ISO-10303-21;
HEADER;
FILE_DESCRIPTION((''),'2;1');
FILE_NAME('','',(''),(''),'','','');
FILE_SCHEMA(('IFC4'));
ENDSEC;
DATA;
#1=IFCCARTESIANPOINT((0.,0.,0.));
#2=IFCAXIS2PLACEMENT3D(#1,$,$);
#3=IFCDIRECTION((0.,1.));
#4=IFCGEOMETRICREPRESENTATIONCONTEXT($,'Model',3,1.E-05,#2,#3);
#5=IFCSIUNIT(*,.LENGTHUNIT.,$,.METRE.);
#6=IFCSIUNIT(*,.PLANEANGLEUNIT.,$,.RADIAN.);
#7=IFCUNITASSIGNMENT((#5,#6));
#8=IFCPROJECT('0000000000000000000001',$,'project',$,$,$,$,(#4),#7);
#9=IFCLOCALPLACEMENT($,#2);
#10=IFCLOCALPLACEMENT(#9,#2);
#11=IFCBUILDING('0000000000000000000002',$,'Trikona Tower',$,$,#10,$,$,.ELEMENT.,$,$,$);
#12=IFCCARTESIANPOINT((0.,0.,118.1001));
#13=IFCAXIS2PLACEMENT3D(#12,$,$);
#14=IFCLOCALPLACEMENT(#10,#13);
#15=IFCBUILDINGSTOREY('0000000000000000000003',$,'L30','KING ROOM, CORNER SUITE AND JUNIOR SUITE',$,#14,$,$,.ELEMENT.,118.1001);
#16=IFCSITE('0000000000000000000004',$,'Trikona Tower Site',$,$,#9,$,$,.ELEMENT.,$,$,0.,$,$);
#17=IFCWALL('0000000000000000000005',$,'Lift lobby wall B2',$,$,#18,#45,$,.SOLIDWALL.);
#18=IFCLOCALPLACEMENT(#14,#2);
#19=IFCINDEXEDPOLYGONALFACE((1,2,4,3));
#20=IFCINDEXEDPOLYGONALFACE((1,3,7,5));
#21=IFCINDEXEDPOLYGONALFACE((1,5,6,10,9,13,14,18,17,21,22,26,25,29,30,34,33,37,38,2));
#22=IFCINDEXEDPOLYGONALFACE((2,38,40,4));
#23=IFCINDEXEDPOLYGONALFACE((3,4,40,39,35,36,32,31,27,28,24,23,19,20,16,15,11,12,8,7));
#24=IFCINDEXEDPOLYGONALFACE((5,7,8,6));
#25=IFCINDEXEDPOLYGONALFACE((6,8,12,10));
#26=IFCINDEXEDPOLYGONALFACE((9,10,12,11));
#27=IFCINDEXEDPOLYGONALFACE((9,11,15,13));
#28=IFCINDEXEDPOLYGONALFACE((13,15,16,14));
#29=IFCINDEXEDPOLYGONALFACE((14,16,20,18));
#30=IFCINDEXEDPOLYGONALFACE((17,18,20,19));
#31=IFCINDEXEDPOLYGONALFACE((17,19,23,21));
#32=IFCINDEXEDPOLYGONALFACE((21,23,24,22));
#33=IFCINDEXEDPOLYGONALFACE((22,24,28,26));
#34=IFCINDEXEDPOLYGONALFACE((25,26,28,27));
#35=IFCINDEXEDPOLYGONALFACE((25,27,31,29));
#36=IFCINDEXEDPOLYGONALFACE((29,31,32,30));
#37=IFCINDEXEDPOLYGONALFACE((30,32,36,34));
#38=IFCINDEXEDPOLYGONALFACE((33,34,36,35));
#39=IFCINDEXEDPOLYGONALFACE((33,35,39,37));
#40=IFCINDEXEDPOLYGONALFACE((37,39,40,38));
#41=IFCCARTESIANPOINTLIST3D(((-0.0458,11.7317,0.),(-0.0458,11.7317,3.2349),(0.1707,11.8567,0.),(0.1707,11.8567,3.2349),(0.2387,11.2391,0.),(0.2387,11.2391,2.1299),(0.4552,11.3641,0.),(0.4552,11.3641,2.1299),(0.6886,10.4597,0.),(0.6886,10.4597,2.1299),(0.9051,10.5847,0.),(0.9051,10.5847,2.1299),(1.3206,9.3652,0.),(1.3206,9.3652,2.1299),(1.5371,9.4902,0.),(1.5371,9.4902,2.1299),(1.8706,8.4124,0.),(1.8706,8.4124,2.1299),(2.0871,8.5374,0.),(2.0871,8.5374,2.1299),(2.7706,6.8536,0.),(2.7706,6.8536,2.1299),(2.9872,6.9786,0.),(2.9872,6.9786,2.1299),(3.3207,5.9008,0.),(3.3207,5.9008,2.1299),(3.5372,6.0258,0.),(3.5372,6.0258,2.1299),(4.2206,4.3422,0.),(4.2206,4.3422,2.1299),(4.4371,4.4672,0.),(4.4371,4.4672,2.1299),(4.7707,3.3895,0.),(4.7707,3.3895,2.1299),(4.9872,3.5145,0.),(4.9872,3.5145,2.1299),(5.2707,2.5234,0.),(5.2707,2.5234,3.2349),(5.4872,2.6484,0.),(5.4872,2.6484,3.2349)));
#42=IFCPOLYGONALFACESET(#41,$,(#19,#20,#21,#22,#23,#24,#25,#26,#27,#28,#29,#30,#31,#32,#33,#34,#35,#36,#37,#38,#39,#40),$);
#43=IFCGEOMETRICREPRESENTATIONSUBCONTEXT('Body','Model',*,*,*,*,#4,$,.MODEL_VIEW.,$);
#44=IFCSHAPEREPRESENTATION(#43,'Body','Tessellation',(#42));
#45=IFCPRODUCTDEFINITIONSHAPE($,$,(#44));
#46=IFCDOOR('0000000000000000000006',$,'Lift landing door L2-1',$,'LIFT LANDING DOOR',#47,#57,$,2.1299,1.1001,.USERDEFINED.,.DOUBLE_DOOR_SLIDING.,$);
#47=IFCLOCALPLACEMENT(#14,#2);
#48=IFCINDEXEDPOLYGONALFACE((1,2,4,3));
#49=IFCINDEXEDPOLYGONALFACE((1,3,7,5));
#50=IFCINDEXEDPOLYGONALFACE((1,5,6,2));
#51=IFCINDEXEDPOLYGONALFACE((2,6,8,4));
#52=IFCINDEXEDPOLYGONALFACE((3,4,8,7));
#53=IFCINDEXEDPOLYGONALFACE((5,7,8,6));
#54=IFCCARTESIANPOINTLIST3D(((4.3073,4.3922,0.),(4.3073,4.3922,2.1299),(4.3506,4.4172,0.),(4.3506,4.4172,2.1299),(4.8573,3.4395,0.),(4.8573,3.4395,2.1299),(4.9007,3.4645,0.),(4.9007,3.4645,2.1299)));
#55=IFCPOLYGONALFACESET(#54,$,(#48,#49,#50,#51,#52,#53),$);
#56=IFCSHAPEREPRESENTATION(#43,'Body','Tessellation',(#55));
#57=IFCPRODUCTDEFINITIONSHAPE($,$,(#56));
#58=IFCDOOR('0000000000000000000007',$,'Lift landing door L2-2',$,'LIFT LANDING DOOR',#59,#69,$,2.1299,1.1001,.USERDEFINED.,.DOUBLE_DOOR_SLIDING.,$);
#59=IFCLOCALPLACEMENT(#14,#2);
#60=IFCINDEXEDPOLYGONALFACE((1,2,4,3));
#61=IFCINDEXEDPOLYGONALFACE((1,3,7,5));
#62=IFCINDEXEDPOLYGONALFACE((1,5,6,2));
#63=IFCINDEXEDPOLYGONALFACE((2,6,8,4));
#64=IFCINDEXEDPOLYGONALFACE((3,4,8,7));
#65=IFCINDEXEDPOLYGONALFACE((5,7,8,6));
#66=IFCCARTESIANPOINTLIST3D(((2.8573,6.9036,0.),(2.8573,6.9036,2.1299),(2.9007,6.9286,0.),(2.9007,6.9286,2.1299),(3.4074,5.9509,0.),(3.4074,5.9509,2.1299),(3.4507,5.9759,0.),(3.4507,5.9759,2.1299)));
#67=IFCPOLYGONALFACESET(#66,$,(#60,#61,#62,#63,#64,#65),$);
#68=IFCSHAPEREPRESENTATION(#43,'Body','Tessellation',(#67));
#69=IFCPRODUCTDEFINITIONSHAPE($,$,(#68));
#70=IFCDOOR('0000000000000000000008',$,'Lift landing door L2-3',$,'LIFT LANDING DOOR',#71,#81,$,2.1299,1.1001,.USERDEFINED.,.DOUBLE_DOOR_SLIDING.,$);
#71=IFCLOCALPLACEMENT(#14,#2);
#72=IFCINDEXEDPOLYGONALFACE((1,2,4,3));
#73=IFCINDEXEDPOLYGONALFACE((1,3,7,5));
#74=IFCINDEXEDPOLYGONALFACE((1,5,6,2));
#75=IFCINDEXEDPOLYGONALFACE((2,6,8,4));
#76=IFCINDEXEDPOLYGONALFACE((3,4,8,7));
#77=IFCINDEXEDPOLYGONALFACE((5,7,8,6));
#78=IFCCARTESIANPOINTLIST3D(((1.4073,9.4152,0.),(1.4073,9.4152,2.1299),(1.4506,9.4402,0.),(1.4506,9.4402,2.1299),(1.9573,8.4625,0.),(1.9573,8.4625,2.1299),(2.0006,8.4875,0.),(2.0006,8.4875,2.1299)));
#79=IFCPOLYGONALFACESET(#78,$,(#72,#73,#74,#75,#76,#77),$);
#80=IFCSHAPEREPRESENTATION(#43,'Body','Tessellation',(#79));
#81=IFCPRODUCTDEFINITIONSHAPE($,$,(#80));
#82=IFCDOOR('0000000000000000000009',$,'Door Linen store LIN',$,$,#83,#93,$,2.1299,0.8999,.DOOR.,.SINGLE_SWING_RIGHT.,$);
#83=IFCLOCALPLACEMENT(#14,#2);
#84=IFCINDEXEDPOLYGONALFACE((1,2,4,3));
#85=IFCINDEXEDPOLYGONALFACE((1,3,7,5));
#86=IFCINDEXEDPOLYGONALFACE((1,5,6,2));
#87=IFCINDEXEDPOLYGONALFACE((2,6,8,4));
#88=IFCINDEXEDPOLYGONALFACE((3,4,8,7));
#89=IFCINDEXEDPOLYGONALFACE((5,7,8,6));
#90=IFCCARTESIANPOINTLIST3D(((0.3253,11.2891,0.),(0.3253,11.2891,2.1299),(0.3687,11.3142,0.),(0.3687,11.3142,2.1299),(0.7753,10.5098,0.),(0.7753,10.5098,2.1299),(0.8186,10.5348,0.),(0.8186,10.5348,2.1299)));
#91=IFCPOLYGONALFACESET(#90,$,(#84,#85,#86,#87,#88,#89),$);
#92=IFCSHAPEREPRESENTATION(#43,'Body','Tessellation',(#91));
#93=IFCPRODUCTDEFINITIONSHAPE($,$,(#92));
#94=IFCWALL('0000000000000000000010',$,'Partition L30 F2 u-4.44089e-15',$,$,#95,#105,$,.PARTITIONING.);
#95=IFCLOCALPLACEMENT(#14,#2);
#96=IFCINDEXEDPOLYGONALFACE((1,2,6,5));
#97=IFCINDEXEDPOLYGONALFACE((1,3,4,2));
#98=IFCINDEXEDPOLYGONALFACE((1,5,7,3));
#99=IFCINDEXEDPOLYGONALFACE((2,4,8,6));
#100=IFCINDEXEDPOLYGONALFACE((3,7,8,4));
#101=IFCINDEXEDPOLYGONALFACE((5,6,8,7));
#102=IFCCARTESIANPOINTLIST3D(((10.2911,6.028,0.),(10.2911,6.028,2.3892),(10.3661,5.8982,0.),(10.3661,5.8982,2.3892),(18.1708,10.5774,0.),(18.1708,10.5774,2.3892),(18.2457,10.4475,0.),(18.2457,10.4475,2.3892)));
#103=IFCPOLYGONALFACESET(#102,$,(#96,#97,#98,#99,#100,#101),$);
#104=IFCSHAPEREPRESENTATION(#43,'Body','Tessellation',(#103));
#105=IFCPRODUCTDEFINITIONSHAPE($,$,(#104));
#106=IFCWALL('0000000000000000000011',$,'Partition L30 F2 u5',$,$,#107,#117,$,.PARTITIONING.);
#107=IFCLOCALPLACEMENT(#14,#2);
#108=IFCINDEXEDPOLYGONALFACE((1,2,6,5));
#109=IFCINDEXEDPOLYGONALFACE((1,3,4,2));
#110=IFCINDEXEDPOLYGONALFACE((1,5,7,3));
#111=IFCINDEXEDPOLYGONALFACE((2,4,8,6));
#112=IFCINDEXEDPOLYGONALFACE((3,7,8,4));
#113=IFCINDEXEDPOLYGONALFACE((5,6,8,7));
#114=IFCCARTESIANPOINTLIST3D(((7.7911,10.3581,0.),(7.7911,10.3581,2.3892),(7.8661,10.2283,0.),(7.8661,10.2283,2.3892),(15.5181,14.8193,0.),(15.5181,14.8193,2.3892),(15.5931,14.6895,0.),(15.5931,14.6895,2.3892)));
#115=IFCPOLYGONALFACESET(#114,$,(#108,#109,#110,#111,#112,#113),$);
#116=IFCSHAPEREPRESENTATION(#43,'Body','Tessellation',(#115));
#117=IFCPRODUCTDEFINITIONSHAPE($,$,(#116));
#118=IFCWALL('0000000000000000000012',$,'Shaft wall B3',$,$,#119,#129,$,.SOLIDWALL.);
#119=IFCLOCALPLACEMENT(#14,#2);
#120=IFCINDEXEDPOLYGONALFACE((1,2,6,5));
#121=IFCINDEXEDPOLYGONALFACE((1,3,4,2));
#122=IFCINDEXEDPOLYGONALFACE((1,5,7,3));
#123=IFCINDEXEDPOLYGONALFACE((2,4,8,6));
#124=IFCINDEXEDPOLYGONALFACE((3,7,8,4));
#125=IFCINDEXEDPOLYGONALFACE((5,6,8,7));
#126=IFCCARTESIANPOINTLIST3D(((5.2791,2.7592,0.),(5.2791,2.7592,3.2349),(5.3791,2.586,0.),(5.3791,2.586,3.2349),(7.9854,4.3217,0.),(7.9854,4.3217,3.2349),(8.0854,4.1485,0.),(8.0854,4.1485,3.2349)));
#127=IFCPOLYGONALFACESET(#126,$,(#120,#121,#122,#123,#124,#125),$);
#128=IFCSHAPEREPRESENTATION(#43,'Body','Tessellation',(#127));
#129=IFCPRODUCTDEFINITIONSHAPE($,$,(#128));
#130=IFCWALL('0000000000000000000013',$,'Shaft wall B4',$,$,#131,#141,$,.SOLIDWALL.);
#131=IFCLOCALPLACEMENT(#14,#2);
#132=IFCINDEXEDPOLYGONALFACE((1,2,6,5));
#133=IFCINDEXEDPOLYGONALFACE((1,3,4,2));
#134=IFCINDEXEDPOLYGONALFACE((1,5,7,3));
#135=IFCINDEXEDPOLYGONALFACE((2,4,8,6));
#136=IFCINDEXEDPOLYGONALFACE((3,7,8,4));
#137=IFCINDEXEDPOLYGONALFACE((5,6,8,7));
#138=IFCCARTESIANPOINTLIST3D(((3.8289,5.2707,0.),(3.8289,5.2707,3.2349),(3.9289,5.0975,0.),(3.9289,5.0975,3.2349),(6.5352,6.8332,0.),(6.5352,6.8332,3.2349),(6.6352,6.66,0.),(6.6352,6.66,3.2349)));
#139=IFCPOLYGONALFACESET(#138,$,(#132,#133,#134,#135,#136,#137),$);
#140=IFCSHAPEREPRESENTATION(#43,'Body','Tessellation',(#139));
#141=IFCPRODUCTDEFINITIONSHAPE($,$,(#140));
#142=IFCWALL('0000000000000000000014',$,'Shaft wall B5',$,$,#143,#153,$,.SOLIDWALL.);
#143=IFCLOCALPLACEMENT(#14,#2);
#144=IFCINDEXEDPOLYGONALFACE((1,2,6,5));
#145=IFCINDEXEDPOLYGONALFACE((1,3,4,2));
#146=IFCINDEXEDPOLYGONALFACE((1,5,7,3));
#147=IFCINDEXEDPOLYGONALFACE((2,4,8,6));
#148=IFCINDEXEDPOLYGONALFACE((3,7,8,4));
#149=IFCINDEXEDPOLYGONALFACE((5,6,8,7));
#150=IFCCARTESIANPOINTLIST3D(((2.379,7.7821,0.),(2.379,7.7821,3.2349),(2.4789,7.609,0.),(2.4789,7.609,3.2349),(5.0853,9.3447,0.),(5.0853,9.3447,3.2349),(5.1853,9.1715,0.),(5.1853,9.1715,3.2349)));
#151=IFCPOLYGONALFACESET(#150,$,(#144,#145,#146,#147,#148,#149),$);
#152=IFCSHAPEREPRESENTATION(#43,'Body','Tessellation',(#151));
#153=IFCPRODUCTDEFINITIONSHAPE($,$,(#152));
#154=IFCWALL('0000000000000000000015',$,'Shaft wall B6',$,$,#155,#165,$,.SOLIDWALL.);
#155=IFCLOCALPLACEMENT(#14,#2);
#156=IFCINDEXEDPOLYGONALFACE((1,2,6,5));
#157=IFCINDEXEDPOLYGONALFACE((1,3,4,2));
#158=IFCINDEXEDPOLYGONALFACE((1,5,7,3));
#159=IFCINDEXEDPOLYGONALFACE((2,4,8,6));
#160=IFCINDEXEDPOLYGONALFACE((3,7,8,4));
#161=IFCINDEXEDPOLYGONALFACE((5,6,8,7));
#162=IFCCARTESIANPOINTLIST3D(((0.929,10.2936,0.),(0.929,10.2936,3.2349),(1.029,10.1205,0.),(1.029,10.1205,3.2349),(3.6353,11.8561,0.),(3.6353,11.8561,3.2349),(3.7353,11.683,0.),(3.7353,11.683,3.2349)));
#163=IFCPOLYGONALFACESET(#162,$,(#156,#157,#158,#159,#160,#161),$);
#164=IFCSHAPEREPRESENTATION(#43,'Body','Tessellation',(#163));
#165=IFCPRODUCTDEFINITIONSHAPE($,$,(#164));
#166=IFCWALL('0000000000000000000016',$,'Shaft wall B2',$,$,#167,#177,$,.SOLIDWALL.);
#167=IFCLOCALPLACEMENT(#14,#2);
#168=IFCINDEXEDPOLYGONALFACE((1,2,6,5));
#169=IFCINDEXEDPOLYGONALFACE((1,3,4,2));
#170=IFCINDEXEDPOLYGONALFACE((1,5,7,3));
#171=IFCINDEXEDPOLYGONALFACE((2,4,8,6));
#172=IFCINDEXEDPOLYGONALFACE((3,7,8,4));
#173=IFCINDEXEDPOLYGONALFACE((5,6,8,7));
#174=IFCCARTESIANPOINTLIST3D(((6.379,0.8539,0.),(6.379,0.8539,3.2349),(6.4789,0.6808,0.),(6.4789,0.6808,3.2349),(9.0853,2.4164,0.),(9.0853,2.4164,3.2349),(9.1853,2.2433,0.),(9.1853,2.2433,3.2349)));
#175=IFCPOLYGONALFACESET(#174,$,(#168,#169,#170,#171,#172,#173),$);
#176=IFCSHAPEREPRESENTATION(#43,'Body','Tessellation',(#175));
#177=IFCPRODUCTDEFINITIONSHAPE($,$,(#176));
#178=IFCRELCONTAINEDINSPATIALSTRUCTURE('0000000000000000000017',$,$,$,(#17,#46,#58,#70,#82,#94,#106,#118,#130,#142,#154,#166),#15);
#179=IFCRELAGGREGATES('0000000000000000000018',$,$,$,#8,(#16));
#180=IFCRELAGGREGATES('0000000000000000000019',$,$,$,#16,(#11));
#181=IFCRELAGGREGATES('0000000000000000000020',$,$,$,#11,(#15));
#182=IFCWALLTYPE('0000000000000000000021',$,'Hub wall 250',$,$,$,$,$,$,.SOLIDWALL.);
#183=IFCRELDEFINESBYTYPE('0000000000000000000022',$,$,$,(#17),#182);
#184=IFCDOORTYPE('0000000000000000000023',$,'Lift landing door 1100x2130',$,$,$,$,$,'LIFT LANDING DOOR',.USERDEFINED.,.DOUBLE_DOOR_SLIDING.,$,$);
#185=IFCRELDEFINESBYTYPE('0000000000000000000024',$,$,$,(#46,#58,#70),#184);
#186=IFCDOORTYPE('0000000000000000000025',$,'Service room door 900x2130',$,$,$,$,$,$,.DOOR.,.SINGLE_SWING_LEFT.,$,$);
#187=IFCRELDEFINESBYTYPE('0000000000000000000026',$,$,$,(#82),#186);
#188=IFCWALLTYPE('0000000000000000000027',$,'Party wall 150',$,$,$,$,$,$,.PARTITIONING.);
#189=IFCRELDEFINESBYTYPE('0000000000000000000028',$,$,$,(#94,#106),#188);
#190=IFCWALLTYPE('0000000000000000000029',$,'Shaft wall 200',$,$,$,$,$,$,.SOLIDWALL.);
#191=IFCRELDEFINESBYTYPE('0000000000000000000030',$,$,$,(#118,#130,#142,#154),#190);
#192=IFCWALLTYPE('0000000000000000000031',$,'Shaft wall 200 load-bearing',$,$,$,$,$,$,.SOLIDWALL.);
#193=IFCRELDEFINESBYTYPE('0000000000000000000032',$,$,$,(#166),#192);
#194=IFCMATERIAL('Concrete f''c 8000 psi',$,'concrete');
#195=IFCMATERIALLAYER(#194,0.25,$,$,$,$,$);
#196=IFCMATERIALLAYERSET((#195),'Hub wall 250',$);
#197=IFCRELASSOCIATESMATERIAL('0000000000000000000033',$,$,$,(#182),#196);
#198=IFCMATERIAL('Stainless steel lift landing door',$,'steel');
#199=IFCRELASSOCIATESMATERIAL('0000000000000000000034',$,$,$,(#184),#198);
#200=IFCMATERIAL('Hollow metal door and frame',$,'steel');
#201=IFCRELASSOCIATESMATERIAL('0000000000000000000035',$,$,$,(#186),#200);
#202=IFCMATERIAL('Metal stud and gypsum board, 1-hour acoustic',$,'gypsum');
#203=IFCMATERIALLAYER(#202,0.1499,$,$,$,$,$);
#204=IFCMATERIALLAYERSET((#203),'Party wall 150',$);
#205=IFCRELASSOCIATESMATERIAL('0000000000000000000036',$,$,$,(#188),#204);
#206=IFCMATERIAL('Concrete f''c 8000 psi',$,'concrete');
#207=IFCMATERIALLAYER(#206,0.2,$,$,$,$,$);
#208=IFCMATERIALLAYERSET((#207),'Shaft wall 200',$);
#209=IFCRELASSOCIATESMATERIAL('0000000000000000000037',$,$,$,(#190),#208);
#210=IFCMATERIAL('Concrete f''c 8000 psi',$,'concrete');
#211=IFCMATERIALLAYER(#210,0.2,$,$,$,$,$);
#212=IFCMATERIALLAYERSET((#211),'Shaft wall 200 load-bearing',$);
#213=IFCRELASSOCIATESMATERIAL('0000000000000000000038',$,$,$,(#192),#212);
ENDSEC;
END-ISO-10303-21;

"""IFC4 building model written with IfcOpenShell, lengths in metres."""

from ifc_helpers import new_model, si_unit, direction, frame, frame_2d, origin, place, context, subcontext, project, spatial, rectangle, extrude, material, layer, layer_set, type_object, element, fill, save


model = new_model("IFC4")

# Units and contexts
model_context = context("Model", 3, precision=1e-05, world=origin(), true_north=direction((0.0, 1.0)))
body_context = subcontext(model_context, "Body", "Model", "MODEL_VIEW")
ifc_project = project(units=[si_unit("LENGTHUNIT", "METRE"), si_unit("PLANEANGLEUNIT", "RADIAN")], contexts=[model_context])

# Site, building, storey
site_placement = place(None, origin())
site = spatial("IfcSite", under=ifc_project, at=site_placement, Name="Trikona Tower Site", CompositionType="ELEMENT", RefElevation=0.0)
building_placement = place(site_placement, origin())
building = spatial("IfcBuilding", under=site, at=building_placement, Name="Trikona Tower", CompositionType="ELEMENT")
storey_placement = place(building_placement, frame((0.0, 0.0, 118.1001)))
storey = spatial("IfcBuildingStorey", under=building, at=storey_placement, Name="L30", Description="KING ROOM, CORNER SUITE AND JUNIOR SUITE", CompositionType="ELEMENT", Elevation=118.1001)

# Wall, openings, doors
ifc_material_1 = material(Name="Concrete f'c 8000 psi", Category="concrete")
ifc_layer_1 = layer(ifc_material_1, 0.25)
ifc_layer_set_1 = layer_set([ifc_layer_1], Name="Hub wall 250")
wall_type_1 = type_object("IfcWallType", Name="Hub wall 250", PredefinedType="SOLIDWALL", material=ifc_layer_set_1)
wall_1_placement = place(storey_placement, frame((5.3789, 2.5859, 0.0), z_axis=(0.0, 0.0, 1.0), x_axis=(-0.500001, 0.866025, 0.0)))
wall_1 = element("IfcWall", 1, at=wall_1_placement, inside=storey, type_object=wall_type_1, Name="Lift lobby wall B2", PredefinedType="SOLIDWALL", context=body_context, shape_type="SweptSolid", body=[
    extrude(rectangle(XDim=10.6328, YDim=0.25, at=frame_2d((5.3164, 0.0))), origin(), (0.0, 0.0, 1.0), 3.2349),
])
opening_1_placement = place(wall_1_placement, frame((9.1641, 0.0, 0.0)))
opening_1 = element("IfcOpeningElement", 2, at=opening_1_placement, cuts=wall_1, PredefinedType="OPENING", context=body_context, shape_type="SweptSolid", body=[
    extrude(rectangle(XDim=0.8999, YDim=2.1299, at=frame_2d((0.45, 1.0649))), frame((0.0, 0.135, 0.0), z_axis=(0.0, -1.0, 0.0), x_axis=(1.0, 0.0, 0.0)), (0.0, 0.0, 1.0), 0.27),
])
opening_2_placement = place(wall_1_placement, frame((1.0, 0.0, 0.0)))
opening_2 = element("IfcOpeningElement", 3, at=opening_2_placement, cuts=wall_1, PredefinedType="OPENING", context=body_context, shape_type="SweptSolid", body=[
    extrude(rectangle(XDim=1.1001, YDim=2.1299, at=frame_2d((0.55, 1.0649))), frame((0.0, 0.135, 0.0), z_axis=(0.0, -1.0, 0.0), x_axis=(1.0, 0.0, 0.0)), (0.0, 0.0, 1.0), 0.27),
])
opening_3_placement = place(wall_1_placement, frame((3.8999, 0.0, 0.0)))
opening_3 = element("IfcOpeningElement", 4, at=opening_3_placement, cuts=wall_1, PredefinedType="OPENING", context=body_context, shape_type="SweptSolid", body=[
    extrude(rectangle(XDim=1.1001, YDim=2.1299, at=frame_2d((0.55, 1.0649))), frame((0.0, 0.135, 0.0), z_axis=(0.0, -1.0, 0.0), x_axis=(1.0, 0.0, 0.0)), (0.0, 0.0, 1.0), 0.27),
])
opening_4_placement = place(wall_1_placement, frame((6.8, 0.0, 0.0)))
opening_4 = element("IfcOpeningElement", 5, at=opening_4_placement, cuts=wall_1, PredefinedType="OPENING", context=body_context, shape_type="SweptSolid", body=[
    extrude(rectangle(XDim=1.1001, YDim=2.1299, at=frame_2d((0.55, 1.0649))), frame((0.0, 0.135, 0.0), z_axis=(0.0, -1.0, 0.0), x_axis=(1.0, 0.0, 0.0)), (0.0, 0.0, 1.0), 0.27),
])
ifc_material_2 = material(Name="Stainless steel lift landing door", Category="steel")
door_type_1 = type_object("IfcDoorType", Name="Lift landing door 1100x2130", ElementType="LIFT LANDING DOOR", OperationType="DOUBLE_DOOR_SLIDING", PredefinedType="USERDEFINED", material=ifc_material_2)
door_1_placement = place(opening_2_placement, origin())
door_1 = element("IfcDoor", 6, at=door_1_placement, inside=storey, type_object=door_type_1, Name="Lift landing door L2-1", ObjectType="LIFT LANDING DOOR", OperationType="DOUBLE_DOOR_SLIDING", OverallHeight=2.1299, OverallWidth=1.1001, PredefinedType="USERDEFINED", context=body_context, shape_type="SweptSolid", body=[
    extrude(rectangle(XDim=1.1001, YDim=2.1299, at=frame_2d((0.55, 1.0649))), frame((0.0, 0.0249, 0.0), z_axis=(0.0, -1.0, 0.0), x_axis=(1.0, 0.0, 0.0)), (0.0, 0.0, 1.0), 0.05),
])
fill(opening_2, door_1)
door_2_placement = place(opening_3_placement, origin())
door_2 = element("IfcDoor", 7, at=door_2_placement, inside=storey, type_object=door_type_1, Name="Lift landing door L2-2", ObjectType="LIFT LANDING DOOR", OperationType="DOUBLE_DOOR_SLIDING", OverallHeight=2.1299, OverallWidth=1.1001, PredefinedType="USERDEFINED", context=body_context, shape_type="SweptSolid", body=[
    extrude(rectangle(XDim=1.1001, YDim=2.1299, at=frame_2d((0.55, 1.0649))), frame((0.0, 0.0249, 0.0), z_axis=(0.0, -1.0, 0.0), x_axis=(1.0, 0.0, 0.0)), (0.0, 0.0, 1.0), 0.05),
])
fill(opening_3, door_2)
door_3_placement = place(opening_4_placement, origin())
door_3 = element("IfcDoor", 8, at=door_3_placement, inside=storey, type_object=door_type_1, Name="Lift landing door L2-3", ObjectType="LIFT LANDING DOOR", OperationType="DOUBLE_DOOR_SLIDING", OverallHeight=2.1299, OverallWidth=1.1001, PredefinedType="USERDEFINED", context=body_context, shape_type="SweptSolid", body=[
    extrude(rectangle(XDim=1.1001, YDim=2.1299, at=frame_2d((0.55, 1.0649))), frame((0.0, 0.0249, 0.0), z_axis=(0.0, -1.0, 0.0), x_axis=(1.0, 0.0, 0.0)), (0.0, 0.0, 1.0), 0.05),
])
fill(opening_4, door_3)
ifc_material_3 = material(Name="Hollow metal door and frame", Category="steel")
door_type_2 = type_object("IfcDoorType", Name="Service room door 900x2130", OperationType="SINGLE_SWING_LEFT", PredefinedType="DOOR", material=ifc_material_3)
door_4_placement = place(opening_1_placement, origin())
door_4 = element("IfcDoor", 9, at=door_4_placement, inside=storey, type_object=door_type_2, Name="Door Linen store LIN", OperationType="SINGLE_SWING_RIGHT", OverallHeight=2.1299, OverallWidth=0.8999, PredefinedType="DOOR", context=body_context, shape_type="SweptSolid", body=[
    extrude(rectangle(XDim=0.8999, YDim=2.1299, at=frame_2d((0.45, 1.0649))), frame((0.0, 0.0249, 0.0), z_axis=(0.0, -1.0, 0.0), x_axis=(1.0, 0.0, 0.0)), (0.0, 0.0, 1.0), 0.05),
])
fill(opening_1, door_4)

# Walls
ifc_material_4 = material(Name="Metal stud and gypsum board, 1-hour acoustic", Category="gypsum")
ifc_layer_2 = layer(ifc_material_4, 0.1499)
ifc_layer_set_2 = layer_set([ifc_layer_2], Name="Party wall 150")
wall_type_2 = type_object("IfcWallType", Name="Party wall 150", PredefinedType="PARTITIONING", material=ifc_layer_set_2)
wall_2_placement = place(storey_placement, frame((10.3286, 5.9631, 0.0), z_axis=(0.0, 0.0, 1.0), x_axis=(0.866025, 0.5, 0.0)))
element("IfcWall", 10, at=wall_2_placement, inside=storey, type_object=wall_type_2, Name="Partition L30 F2 u-4.44089e-15", PredefinedType="PARTITIONING", context=body_context, shape_type="SweptSolid", body=[
    extrude(rectangle(XDim=9.0986, YDim=0.1499, at=frame_2d((4.5493, 0.0))), origin(), (0.0, 0.0, 1.0), 2.3892),
])
wall_3_placement = place(storey_placement, frame((7.8286, 10.2932, 0.0), z_axis=(0.0, 0.0, 1.0), x_axis=(0.866027, 0.499997, 0.0)))
element("IfcWall", 11, at=wall_3_placement, inside=storey, type_object=wall_type_2, Name="Partition L30 F2 u5", PredefinedType="PARTITIONING", context=body_context, shape_type="SweptSolid", body=[
    extrude(rectangle(XDim=8.9224, YDim=0.1499, at=frame_2d((4.4612, 0.0))), origin(), (0.0, 0.0, 1.0), 2.3892),
])
ifc_material_5 = material(Name="Concrete f'c 8000 psi", Category="concrete")
ifc_layer_3 = layer(ifc_material_5, 0.2)
ifc_layer_set_3 = layer_set([ifc_layer_3], Name="Shaft wall 200")
wall_type_3 = type_object("IfcWallType", Name="Shaft wall 200", PredefinedType="SOLIDWALL", material=ifc_layer_set_3)
for number, where, z_axis, x_axis, name in (
    (12, (5.3291, 2.6726, 0.0), (0.0, 0.0, 1.0), (0.866023, 0.500004, 0.0), "Shaft wall B3"),
    (13, (3.8789, 5.1841, 0.0), (0.0, 0.0, 1.0), (0.866023, 0.500004, 0.0), "Shaft wall B4"),
    (14, (2.429, 7.6956, 0.0), (0.0, 0.0, 1.0), (0.866023, 0.500004, 0.0), "Shaft wall B5"),
    (15, (0.979, 10.207, 0.0), (0.0, 0.0, 1.0), (0.866023, 0.500004, 0.0), "Shaft wall B6"),
):
    element("IfcWall", number, at=place(storey_placement, frame(where, z_axis=z_axis, x_axis=x_axis)), inside=storey, type_object=wall_type_3, Name=name, PredefinedType="SOLIDWALL", context=body_context, shape_type="SweptSolid", body=[
        extrude(rectangle(XDim=3.125, YDim=0.2, at=frame_2d((1.5625, 0.0))), origin(), (0.0, 0.0, 1.0), 3.2349),
    ])
ifc_material_6 = material(Name="Concrete f'c 8000 psi", Category="concrete")
ifc_layer_4 = layer(ifc_material_6, 0.2)
ifc_layer_set_4 = layer_set([ifc_layer_4], Name="Shaft wall 200 load-bearing")
wall_type_4 = type_object("IfcWallType", Name="Shaft wall 200 load-bearing", PredefinedType="SOLIDWALL", material=ifc_layer_set_4)
wall_4_placement = place(storey_placement, frame((6.429, 0.7673, 0.0), z_axis=(0.0, 0.0, 1.0), x_axis=(0.866023, 0.500004, 0.0)))
element("IfcWall", 16, at=wall_4_placement, inside=storey, type_object=wall_type_4, Name="Shaft wall B2", PredefinedType="SOLIDWALL", context=body_context, shape_type="SweptSolid", body=[
    extrude(rectangle(XDim=3.125, YDim=0.2, at=frame_2d((1.5625, 0.0))), origin(), (0.0, 0.0, 1.0), 3.2349),
])

save(model, "model.ifc")
